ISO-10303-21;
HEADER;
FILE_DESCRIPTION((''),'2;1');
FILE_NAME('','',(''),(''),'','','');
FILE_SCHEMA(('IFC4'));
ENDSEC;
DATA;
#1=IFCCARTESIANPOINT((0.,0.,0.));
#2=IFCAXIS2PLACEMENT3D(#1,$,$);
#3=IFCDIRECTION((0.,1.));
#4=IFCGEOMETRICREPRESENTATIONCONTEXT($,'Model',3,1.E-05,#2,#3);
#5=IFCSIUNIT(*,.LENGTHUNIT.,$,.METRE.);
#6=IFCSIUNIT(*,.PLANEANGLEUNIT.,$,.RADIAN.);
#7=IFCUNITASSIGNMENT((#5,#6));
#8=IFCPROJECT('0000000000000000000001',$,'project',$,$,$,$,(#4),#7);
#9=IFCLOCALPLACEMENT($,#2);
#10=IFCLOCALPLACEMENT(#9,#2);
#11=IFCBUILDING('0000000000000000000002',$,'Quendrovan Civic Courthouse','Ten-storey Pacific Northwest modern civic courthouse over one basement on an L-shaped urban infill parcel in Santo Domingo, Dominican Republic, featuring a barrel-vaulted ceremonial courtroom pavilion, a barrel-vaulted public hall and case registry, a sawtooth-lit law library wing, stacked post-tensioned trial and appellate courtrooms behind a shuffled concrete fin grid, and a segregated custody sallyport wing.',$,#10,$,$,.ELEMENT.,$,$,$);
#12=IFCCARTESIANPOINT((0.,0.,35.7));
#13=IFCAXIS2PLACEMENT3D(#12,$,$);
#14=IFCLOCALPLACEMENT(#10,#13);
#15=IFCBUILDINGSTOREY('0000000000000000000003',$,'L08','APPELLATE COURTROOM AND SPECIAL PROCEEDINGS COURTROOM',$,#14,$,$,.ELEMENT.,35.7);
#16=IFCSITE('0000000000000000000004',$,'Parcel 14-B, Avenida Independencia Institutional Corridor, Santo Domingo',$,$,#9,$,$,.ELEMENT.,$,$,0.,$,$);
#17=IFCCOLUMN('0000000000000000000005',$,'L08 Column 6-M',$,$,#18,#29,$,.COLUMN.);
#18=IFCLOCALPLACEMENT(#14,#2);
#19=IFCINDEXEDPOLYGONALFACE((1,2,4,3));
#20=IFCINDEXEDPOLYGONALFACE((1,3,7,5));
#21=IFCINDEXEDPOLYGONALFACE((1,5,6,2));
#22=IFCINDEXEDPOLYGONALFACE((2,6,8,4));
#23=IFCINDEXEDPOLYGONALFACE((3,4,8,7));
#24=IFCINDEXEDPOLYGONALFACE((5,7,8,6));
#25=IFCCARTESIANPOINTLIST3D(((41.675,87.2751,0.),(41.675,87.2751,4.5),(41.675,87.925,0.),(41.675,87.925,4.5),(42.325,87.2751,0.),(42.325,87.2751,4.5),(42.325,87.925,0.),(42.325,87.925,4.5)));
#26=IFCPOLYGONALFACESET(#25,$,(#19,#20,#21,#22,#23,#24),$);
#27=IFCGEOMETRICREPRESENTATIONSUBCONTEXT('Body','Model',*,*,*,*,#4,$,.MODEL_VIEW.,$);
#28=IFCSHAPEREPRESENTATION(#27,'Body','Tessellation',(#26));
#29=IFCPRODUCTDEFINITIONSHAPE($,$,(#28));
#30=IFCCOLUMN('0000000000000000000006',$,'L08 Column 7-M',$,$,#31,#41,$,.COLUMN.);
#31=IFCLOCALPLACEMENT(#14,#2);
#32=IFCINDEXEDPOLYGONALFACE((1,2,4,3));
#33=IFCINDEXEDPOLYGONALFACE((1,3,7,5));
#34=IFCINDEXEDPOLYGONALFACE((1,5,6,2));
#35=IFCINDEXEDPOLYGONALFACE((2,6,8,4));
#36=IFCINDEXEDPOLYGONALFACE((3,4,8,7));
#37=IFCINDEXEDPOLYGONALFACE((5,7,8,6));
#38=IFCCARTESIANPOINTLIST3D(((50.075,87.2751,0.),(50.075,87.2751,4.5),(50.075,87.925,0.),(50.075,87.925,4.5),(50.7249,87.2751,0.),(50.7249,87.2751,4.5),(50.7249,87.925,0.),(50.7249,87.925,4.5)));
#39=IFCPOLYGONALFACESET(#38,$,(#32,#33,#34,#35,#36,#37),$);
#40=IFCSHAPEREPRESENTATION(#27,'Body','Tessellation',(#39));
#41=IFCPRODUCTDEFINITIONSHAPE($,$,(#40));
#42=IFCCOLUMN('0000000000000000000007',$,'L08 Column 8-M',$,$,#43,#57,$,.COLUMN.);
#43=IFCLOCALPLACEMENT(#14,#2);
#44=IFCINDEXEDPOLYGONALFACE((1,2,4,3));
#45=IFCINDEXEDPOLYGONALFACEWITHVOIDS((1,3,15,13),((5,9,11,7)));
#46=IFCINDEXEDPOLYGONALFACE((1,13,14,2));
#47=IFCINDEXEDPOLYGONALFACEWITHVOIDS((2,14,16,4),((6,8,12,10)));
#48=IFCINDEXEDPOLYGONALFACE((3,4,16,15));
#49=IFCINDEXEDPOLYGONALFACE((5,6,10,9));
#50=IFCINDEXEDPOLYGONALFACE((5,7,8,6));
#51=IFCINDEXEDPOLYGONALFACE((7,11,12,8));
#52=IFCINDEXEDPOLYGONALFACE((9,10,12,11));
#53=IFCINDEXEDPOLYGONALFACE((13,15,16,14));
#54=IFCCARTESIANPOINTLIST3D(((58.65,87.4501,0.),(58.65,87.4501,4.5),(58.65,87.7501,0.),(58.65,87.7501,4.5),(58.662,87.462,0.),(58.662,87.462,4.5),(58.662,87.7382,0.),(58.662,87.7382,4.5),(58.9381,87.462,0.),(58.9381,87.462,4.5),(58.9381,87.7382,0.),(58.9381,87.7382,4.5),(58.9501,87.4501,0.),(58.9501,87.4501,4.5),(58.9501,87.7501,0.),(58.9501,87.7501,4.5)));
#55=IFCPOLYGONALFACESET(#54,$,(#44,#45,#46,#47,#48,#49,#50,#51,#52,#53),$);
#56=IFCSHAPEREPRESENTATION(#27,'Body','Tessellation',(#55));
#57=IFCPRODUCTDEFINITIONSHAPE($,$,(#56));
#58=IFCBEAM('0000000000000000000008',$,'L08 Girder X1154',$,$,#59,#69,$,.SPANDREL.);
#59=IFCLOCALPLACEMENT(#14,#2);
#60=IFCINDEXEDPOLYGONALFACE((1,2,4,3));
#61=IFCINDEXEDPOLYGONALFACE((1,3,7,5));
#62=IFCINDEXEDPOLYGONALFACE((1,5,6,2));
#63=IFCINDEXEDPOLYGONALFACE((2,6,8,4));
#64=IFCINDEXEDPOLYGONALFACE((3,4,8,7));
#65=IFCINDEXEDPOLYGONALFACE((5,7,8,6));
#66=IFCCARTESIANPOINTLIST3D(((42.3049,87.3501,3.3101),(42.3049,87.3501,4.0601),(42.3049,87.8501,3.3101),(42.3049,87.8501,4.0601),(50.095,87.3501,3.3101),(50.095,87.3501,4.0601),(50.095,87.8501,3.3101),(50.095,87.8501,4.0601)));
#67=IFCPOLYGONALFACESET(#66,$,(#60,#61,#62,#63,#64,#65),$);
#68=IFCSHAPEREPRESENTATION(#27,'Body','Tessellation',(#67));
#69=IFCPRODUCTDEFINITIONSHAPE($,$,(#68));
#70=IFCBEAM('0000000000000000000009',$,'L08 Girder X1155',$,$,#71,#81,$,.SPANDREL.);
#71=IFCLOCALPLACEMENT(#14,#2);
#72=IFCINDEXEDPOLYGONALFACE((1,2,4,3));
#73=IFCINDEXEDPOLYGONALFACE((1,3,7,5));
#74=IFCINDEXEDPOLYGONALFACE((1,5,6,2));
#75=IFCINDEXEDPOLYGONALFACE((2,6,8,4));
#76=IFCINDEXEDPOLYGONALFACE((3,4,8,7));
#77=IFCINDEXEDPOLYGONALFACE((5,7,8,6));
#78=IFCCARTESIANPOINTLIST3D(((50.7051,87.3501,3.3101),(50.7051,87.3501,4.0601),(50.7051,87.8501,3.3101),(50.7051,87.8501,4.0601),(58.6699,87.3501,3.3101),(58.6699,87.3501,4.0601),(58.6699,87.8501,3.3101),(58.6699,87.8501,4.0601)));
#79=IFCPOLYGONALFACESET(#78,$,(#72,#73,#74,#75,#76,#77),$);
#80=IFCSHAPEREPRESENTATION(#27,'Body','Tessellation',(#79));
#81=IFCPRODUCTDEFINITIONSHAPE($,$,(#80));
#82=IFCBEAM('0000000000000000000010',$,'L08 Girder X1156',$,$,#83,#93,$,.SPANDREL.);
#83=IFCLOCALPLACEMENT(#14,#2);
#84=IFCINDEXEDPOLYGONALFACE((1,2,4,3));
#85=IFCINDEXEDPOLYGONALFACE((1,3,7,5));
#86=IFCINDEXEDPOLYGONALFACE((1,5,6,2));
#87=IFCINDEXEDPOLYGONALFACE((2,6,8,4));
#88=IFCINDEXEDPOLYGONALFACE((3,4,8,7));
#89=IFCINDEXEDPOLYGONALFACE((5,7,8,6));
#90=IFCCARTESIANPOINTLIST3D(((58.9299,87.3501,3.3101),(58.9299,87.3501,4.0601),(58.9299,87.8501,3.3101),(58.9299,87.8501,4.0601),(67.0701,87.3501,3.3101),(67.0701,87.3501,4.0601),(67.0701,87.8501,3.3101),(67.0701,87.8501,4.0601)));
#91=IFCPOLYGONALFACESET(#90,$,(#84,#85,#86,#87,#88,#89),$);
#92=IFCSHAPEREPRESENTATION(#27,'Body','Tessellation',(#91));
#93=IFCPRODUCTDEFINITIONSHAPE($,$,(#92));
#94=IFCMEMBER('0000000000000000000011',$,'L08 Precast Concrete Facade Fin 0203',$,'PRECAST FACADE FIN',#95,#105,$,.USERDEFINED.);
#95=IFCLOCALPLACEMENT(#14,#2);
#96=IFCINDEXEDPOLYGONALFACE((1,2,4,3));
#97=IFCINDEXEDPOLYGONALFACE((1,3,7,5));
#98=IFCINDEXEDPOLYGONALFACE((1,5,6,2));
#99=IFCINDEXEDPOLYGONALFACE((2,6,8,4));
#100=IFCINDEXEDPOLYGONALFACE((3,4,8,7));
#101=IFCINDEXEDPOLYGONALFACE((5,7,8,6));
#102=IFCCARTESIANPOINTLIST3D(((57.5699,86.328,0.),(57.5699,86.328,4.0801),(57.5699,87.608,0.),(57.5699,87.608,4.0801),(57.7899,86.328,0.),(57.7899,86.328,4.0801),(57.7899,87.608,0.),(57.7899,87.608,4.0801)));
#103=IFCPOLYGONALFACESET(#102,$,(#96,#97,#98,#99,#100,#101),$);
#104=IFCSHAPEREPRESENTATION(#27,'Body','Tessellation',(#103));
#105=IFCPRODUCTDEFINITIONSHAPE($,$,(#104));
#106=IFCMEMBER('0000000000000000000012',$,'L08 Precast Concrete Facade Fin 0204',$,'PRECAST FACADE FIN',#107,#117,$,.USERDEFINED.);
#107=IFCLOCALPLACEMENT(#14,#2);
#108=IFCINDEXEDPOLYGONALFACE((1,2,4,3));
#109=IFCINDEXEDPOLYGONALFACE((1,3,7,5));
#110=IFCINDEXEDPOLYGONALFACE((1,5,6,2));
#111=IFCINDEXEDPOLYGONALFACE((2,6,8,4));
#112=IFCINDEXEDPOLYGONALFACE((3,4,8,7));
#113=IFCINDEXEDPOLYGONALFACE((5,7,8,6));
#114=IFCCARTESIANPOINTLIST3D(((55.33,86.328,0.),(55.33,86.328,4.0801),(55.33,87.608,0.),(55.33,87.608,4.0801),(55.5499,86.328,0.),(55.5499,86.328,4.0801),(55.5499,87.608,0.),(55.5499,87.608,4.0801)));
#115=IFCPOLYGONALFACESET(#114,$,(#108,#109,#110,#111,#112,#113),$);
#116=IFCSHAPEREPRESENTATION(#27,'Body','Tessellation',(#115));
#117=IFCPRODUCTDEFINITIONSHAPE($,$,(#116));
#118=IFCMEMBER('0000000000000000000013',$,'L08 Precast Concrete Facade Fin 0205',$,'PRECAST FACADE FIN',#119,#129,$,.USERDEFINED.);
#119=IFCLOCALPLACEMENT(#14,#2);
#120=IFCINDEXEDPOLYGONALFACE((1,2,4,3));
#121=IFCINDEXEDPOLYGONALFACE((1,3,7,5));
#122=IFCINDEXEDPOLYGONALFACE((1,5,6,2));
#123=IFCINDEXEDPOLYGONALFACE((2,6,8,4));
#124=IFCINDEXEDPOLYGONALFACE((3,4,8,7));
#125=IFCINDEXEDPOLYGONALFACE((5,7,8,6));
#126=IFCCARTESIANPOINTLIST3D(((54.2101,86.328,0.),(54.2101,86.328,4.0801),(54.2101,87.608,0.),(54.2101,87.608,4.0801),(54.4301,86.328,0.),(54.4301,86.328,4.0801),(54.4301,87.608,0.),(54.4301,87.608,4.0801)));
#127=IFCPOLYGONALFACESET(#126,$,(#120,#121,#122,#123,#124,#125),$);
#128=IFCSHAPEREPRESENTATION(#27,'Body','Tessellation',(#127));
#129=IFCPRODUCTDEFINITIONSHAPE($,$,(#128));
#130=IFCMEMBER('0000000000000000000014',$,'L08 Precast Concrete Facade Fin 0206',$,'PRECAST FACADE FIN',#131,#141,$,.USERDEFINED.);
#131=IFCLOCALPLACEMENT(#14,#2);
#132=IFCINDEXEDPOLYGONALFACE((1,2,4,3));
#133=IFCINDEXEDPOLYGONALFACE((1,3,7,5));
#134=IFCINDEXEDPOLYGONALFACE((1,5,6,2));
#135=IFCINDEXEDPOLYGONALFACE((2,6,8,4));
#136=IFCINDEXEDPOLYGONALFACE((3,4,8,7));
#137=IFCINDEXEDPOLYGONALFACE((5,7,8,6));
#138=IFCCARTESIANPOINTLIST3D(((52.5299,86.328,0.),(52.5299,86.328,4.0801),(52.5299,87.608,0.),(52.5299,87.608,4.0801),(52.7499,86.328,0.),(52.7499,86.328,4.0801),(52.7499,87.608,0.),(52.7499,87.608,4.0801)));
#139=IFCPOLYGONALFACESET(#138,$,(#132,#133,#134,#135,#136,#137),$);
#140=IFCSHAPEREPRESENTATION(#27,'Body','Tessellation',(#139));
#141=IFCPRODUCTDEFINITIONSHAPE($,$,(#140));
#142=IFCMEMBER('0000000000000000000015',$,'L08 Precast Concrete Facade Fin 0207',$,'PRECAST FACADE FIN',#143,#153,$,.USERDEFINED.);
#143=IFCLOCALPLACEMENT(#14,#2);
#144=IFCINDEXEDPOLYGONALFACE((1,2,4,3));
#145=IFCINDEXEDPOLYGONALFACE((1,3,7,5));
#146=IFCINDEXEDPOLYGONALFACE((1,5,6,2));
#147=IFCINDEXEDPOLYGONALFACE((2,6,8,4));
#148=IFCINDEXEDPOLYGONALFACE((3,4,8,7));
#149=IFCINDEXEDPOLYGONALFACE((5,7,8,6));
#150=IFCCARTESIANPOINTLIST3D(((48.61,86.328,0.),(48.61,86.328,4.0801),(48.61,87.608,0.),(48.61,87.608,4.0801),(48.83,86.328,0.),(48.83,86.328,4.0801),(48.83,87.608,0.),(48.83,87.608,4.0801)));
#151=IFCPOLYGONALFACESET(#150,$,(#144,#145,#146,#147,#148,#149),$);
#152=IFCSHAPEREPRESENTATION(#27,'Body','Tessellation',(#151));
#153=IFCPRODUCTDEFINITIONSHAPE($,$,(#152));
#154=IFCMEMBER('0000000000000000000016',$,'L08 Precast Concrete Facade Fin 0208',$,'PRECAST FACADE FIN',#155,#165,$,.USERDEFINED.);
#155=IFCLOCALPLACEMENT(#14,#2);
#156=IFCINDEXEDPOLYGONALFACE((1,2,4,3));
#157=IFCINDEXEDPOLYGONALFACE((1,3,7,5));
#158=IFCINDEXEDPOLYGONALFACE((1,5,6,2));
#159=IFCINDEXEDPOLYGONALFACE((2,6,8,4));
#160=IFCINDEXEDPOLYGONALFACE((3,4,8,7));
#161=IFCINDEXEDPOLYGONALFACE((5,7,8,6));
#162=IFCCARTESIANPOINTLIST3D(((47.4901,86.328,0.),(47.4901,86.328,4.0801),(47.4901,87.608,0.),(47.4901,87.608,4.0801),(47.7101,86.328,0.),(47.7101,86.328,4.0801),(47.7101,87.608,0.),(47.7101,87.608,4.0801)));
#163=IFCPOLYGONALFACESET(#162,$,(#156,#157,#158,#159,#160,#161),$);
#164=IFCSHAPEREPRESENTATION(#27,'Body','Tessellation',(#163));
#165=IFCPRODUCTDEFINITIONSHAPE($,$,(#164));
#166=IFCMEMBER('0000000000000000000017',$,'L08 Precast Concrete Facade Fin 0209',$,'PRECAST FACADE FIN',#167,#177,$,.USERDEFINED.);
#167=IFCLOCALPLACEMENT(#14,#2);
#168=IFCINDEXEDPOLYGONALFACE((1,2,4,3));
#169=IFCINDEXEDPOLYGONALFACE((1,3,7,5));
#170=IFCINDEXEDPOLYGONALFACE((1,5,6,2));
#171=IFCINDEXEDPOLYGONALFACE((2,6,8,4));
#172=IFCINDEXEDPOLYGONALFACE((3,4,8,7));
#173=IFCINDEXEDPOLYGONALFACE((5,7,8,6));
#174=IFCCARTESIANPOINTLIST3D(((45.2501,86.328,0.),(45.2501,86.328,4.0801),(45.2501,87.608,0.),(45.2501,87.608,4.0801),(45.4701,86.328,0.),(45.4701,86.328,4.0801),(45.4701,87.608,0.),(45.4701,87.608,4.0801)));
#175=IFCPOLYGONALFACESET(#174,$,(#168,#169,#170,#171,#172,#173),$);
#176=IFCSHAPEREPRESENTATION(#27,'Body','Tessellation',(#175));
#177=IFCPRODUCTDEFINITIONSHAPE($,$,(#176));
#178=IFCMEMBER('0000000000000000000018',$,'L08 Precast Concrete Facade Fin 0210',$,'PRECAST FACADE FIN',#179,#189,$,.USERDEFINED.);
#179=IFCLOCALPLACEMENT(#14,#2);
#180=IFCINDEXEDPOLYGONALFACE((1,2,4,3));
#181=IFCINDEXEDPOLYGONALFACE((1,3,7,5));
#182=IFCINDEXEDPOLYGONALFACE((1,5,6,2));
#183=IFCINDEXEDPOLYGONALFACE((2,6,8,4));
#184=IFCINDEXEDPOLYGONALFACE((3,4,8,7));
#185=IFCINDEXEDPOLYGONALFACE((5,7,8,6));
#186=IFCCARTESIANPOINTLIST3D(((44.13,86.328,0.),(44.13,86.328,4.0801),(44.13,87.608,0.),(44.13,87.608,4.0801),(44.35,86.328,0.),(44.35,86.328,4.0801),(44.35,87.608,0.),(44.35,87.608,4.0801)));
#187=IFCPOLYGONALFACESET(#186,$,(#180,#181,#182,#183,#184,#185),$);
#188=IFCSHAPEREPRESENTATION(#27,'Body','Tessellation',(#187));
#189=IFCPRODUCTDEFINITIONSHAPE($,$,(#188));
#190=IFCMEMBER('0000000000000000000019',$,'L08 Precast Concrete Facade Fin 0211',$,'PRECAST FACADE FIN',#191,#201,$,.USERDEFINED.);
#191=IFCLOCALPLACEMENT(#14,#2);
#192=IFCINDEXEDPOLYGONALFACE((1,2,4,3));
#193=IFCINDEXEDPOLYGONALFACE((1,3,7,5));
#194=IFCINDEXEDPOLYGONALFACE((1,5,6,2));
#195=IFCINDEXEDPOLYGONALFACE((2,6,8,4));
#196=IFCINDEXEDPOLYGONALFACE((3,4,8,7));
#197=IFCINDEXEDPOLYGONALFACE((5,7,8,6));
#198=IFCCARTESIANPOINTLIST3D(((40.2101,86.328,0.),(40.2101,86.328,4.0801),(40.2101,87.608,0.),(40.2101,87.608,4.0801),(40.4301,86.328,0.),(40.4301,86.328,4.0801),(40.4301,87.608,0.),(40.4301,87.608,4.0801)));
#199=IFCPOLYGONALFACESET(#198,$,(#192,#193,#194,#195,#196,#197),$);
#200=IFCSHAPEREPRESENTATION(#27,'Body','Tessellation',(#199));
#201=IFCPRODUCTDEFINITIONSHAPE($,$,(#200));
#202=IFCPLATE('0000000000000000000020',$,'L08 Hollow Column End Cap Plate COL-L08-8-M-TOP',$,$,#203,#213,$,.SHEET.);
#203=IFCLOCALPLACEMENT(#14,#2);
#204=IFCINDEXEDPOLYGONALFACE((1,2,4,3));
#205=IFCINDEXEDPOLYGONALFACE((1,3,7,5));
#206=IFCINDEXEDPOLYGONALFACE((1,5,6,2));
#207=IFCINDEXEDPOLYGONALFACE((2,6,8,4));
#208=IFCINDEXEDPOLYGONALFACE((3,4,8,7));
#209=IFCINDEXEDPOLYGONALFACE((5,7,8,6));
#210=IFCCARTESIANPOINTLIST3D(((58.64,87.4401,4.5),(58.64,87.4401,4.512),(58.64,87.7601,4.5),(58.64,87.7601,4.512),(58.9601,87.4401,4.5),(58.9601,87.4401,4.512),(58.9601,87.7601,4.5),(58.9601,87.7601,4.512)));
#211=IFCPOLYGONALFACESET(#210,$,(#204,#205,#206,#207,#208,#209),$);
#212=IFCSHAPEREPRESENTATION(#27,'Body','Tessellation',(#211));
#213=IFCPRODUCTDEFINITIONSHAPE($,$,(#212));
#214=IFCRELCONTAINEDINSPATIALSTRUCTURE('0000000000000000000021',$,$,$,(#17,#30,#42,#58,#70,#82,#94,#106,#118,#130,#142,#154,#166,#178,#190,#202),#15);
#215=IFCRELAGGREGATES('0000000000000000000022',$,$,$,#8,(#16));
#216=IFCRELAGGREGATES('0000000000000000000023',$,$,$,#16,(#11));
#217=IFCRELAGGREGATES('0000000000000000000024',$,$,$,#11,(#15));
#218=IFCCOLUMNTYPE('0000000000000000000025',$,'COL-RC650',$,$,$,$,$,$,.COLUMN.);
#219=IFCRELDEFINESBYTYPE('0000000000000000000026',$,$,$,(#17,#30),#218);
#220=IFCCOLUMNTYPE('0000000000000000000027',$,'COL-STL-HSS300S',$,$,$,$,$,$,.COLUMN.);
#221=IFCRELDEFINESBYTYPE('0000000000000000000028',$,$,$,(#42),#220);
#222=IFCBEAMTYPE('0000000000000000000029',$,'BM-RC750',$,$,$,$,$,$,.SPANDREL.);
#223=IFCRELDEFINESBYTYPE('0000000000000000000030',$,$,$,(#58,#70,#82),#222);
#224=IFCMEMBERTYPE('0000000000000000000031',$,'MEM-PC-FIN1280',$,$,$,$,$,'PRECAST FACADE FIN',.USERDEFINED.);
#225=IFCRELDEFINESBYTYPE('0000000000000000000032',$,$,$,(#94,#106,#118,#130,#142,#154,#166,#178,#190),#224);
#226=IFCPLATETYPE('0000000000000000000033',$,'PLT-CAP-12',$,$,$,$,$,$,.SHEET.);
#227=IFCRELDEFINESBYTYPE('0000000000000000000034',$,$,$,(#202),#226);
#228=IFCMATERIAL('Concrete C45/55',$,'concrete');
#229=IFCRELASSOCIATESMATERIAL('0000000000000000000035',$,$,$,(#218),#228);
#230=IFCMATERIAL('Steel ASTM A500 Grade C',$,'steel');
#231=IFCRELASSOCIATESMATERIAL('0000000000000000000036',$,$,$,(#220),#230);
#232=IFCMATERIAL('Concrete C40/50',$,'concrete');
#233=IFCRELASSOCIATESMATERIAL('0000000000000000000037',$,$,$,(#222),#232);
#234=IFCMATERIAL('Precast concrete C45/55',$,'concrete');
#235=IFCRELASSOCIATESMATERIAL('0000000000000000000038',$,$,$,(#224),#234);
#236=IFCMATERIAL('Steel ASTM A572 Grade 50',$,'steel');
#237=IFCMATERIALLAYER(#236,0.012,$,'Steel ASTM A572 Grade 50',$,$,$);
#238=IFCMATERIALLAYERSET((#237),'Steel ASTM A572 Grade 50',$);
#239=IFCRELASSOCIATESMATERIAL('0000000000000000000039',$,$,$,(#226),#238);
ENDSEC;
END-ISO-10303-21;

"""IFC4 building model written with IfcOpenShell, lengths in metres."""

from ifc_helpers import new_model, si_unit, direction, frame, origin, origin_2d, place, context, subcontext, project, spatial, rectangle, hollow_rectangle, extrude, material, layer, layer_set, material_profile, profile_set, type_object, element, save


model = new_model("IFC4")

# Units and contexts
model_context = context("Model", 3, precision=1e-05, world=origin(), true_north=direction((0.0, 1.0)))
body_context = subcontext(model_context, "Body", "Model", "MODEL_VIEW")
ifc_project = project(units=[si_unit("LENGTHUNIT", "METRE"), si_unit("PLANEANGLEUNIT", "RADIAN")], contexts=[model_context])

# Site, building, storey
site_placement = place(None, origin())
site = spatial("IfcSite", under=ifc_project, at=site_placement, Name="Parcel 14-B, Avenida Independencia Institutional Corridor, Santo Domingo", CompositionType="ELEMENT", RefElevation=0.0)
building_placement = place(site_placement, origin())
building = spatial("IfcBuilding", under=site, at=building_placement, Name="Quendrovan Civic Courthouse", Description="Ten-storey Pacific Northwest modern civic courthouse over one basement on an L-shaped urban infill parcel in Santo Domingo, Dominican Republic, featuring a barrel-vaulted ceremonial courtroom pavilion, a barrel-vaulted public hall and case registry, a sawtooth-lit law library wing, stacked post-tensioned trial and appellate courtrooms behind a shuffled concrete fin grid, and a segregated custody sallyport wing.", CompositionType="ELEMENT")
storey_placement = place(building_placement, frame((0.0, 0.0, 35.7)))
storey = spatial("IfcBuildingStorey", under=building, at=storey_placement, Name="L08", Description="APPELLATE COURTROOM AND SPECIAL PROCEEDINGS COURTROOM", CompositionType="ELEMENT", Elevation=35.7)

# Columns
ifc_material_1 = material(Name="Concrete C45/55", Category="concrete")
ifc_material_profile_1 = material_profile(ifc_material_1, rectangle(XDim=0.6499, YDim=0.6499, at=origin_2d()), Name="RC-COL-650x650")
ifc_profile_set_1 = profile_set([ifc_material_profile_1], Name="Concrete C45/55")
column_type_1 = type_object("IfcColumnType", Name="COL-RC650", PredefinedType="COLUMN", material=ifc_profile_set_1)
for number, where, z_axis, x_axis, name in (
    (1, (42.0, 87.6001, 0.0), (0.0, 0.0, 1.0), (1.0, 0.0, 0.0), "L08 Column 6-M"),
    (2, (50.3999, 87.6001, 0.0), (0.0, 0.0, 1.0), (1.0, 0.0, 0.0), "L08 Column 7-M"),
):
    element("IfcColumn", number, at=place(storey_placement, frame(where, z_axis=z_axis, x_axis=x_axis)), inside=storey, type_object=column_type_1, Name=name, PredefinedType="COLUMN", context=body_context, shape_type="SweptSolid", body=[
        extrude(rectangle(XDim=0.6499, YDim=0.6499, at=origin_2d()), origin(), (0.0, 0.0, 1.0), 4.5),
    ])
ifc_material_2 = material(Name="Steel ASTM A500 Grade C", Category="steel")
ifc_material_profile_2 = material_profile(ifc_material_2, hollow_rectangle(XDim=0.3, YDim=0.3, WallThickness=0.012, at=origin_2d()), Name="HSS300x300x12")
ifc_profile_set_2 = profile_set([ifc_material_profile_2], Name="Steel ASTM A500 Grade C")
column_type_2 = type_object("IfcColumnType", Name="COL-STL-HSS300S", PredefinedType="COLUMN", material=ifc_profile_set_2)
column_placement = place(storey_placement, frame((58.8, 87.6001, 0.0), z_axis=(0.0, 0.0, 1.0), x_axis=(1.0, 0.0, 0.0)))
element("IfcColumn", 3, at=column_placement, inside=storey, type_object=column_type_2, Name="L08 Column 8-M", PredefinedType="COLUMN", context=body_context, shape_type="SweptSolid", body=[
    extrude(hollow_rectangle(XDim=0.3, YDim=0.3, WallThickness=0.012, at=origin_2d()), origin(), (0.0, 0.0, 1.0), 4.5),
])

# Beams
ifc_material_3 = material(Name="Concrete C40/50", Category="concrete")
ifc_material_profile_3 = material_profile(ifc_material_3, rectangle(XDim=0.5, YDim=0.75, at=origin_2d()), Name="RC-BM-500x750")
ifc_profile_set_3 = profile_set([ifc_material_profile_3], Name="Concrete C40/50")
beam_type = type_object("IfcBeamType", Name="BM-RC750", PredefinedType="SPANDREL", material=ifc_profile_set_3)
beam_1_placement = place(storey_placement, frame((42.3049, 87.6001, 3.6851), z_axis=(1.0, 0.0, 0.0), x_axis=(0.0, 1.0, 0.0)))
element("IfcBeam", 4, at=beam_1_placement, inside=storey, type_object=beam_type, Name="L08 Girder X1154", PredefinedType="SPANDREL", context=body_context, shape_type="SweptSolid", body=[
    extrude(rectangle(XDim=0.5, YDim=0.75, at=origin_2d()), origin(), (0.0, 0.0, 1.0), 7.79),
])
beam_2_placement = place(storey_placement, frame((50.7051, 87.6001, 3.6851), z_axis=(1.0, 0.0, 0.0), x_axis=(0.0, 1.0, 0.0)))
element("IfcBeam", 5, at=beam_2_placement, inside=storey, type_object=beam_type, Name="L08 Girder X1155", PredefinedType="SPANDREL", context=body_context, shape_type="SweptSolid", body=[
    extrude(rectangle(XDim=0.5, YDim=0.75, at=origin_2d()), origin(), (0.0, 0.0, 1.0), 7.9648),
])
beam_3_placement = place(storey_placement, frame((58.9299, 87.6001, 3.6851), z_axis=(1.0, 0.0, 0.0), x_axis=(0.0, 1.0, 0.0)))
element("IfcBeam", 6, at=beam_3_placement, inside=storey, type_object=beam_type, Name="L08 Girder X1156", PredefinedType="SPANDREL", context=body_context, shape_type="SweptSolid", body=[
    extrude(rectangle(XDim=0.5, YDim=0.75, at=origin_2d()), origin(), (0.0, 0.0, 1.0), 8.1401),
])

# Members
ifc_material_4 = material(Name="Precast concrete C45/55", Category="concrete")
ifc_material_profile_4 = material_profile(ifc_material_4, rectangle(XDim=0.22, YDim=1.28, at=origin_2d()), Name="PC-FIN-220x1280")
ifc_profile_set_4 = profile_set([ifc_material_profile_4], Name="Precast concrete C45/55")
member_type = type_object("IfcMemberType", Name="MEM-PC-FIN1280", ElementType="PRECAST FACADE FIN", PredefinedType="USERDEFINED", material=ifc_profile_set_4)
for number, where, z_axis, x_axis, name in (
    (7, (57.6799, 86.968, 0.0), (0.0, 0.0, 1.0), (-1.0, 0.0, 0.0), "L08 Precast Concrete Facade Fin 0203"),
    (8, (55.4399, 86.968, 0.0), (0.0, 0.0, 1.0), (-1.0, 0.0, 0.0), "L08 Precast Concrete Facade Fin 0204"),
    (9, (54.3201, 86.968, 0.0), (0.0, 0.0, 1.0), (-1.0, 0.0, 0.0), "L08 Precast Concrete Facade Fin 0205"),
    (10, (52.6399, 86.968, 0.0), (0.0, 0.0, 1.0), (-1.0, 0.0, 0.0), "L08 Precast Concrete Facade Fin 0206"),
    (11, (48.72, 86.968, 0.0), (0.0, 0.0, 1.0), (-1.0, 0.0, 0.0), "L08 Precast Concrete Facade Fin 0207"),
    (12, (47.6001, 86.968, 0.0), (0.0, 0.0, 1.0), (-1.0, 0.0, 0.0), "L08 Precast Concrete Facade Fin 0208"),
    (13, (45.3601, 86.968, 0.0), (0.0, 0.0, 1.0), (-1.0, 0.0, 0.0), "L08 Precast Concrete Facade Fin 0209"),
    (14, (44.24, 86.968, 0.0), (0.0, 0.0, 1.0), (-1.0, 0.0, 0.0), "L08 Precast Concrete Facade Fin 0210"),
    (15, (40.3201, 86.968, 0.0), (0.0, 0.0, 1.0), (-1.0, 0.0, 0.0), "L08 Precast Concrete Facade Fin 0211"),
):
    element("IfcMember", number, at=place(storey_placement, frame(where, z_axis=z_axis, x_axis=x_axis)), inside=storey, type_object=member_type, Name=name, ObjectType="PRECAST FACADE FIN", PredefinedType="USERDEFINED", context=body_context, shape_type="SweptSolid", body=[
        extrude(rectangle(XDim=0.22, YDim=1.28, at=origin_2d()), origin(), (0.0, 0.0, 1.0), 4.0801),
    ])

# Plate
ifc_material_5 = material(Name="Steel ASTM A572 Grade 50", Category="steel")
ifc_layer_1 = layer(ifc_material_5, 0.012, Name="Steel ASTM A572 Grade 50")
ifc_layer_set_1 = layer_set([ifc_layer_1], Name="Steel ASTM A572 Grade 50")
plate_type = type_object("IfcPlateType", Name="PLT-CAP-12", PredefinedType="SHEET", material=ifc_layer_set_1)
for number, where, z_axis, x_axis, name in (
    (16, (58.8, 87.6001, 4.5), (0.0, 0.0, 1.0), (1.0, 0.0, 0.0), "L08 Hollow Column End Cap Plate COL-L08-8-M-TOP"),
):
    element("IfcPlate", number, at=place(storey_placement, frame(where, z_axis=z_axis, x_axis=x_axis)), inside=storey, type_object=plate_type, Name=name, PredefinedType="SHEET", context=body_context, shape_type="SweptSolid", body=[
        extrude(rectangle(XDim=0.3201, YDim=0.3201, at=origin_2d()), origin(), (0.0, 0.0, 1.0), 0.012),
    ])

save(model, "model.ifc")
